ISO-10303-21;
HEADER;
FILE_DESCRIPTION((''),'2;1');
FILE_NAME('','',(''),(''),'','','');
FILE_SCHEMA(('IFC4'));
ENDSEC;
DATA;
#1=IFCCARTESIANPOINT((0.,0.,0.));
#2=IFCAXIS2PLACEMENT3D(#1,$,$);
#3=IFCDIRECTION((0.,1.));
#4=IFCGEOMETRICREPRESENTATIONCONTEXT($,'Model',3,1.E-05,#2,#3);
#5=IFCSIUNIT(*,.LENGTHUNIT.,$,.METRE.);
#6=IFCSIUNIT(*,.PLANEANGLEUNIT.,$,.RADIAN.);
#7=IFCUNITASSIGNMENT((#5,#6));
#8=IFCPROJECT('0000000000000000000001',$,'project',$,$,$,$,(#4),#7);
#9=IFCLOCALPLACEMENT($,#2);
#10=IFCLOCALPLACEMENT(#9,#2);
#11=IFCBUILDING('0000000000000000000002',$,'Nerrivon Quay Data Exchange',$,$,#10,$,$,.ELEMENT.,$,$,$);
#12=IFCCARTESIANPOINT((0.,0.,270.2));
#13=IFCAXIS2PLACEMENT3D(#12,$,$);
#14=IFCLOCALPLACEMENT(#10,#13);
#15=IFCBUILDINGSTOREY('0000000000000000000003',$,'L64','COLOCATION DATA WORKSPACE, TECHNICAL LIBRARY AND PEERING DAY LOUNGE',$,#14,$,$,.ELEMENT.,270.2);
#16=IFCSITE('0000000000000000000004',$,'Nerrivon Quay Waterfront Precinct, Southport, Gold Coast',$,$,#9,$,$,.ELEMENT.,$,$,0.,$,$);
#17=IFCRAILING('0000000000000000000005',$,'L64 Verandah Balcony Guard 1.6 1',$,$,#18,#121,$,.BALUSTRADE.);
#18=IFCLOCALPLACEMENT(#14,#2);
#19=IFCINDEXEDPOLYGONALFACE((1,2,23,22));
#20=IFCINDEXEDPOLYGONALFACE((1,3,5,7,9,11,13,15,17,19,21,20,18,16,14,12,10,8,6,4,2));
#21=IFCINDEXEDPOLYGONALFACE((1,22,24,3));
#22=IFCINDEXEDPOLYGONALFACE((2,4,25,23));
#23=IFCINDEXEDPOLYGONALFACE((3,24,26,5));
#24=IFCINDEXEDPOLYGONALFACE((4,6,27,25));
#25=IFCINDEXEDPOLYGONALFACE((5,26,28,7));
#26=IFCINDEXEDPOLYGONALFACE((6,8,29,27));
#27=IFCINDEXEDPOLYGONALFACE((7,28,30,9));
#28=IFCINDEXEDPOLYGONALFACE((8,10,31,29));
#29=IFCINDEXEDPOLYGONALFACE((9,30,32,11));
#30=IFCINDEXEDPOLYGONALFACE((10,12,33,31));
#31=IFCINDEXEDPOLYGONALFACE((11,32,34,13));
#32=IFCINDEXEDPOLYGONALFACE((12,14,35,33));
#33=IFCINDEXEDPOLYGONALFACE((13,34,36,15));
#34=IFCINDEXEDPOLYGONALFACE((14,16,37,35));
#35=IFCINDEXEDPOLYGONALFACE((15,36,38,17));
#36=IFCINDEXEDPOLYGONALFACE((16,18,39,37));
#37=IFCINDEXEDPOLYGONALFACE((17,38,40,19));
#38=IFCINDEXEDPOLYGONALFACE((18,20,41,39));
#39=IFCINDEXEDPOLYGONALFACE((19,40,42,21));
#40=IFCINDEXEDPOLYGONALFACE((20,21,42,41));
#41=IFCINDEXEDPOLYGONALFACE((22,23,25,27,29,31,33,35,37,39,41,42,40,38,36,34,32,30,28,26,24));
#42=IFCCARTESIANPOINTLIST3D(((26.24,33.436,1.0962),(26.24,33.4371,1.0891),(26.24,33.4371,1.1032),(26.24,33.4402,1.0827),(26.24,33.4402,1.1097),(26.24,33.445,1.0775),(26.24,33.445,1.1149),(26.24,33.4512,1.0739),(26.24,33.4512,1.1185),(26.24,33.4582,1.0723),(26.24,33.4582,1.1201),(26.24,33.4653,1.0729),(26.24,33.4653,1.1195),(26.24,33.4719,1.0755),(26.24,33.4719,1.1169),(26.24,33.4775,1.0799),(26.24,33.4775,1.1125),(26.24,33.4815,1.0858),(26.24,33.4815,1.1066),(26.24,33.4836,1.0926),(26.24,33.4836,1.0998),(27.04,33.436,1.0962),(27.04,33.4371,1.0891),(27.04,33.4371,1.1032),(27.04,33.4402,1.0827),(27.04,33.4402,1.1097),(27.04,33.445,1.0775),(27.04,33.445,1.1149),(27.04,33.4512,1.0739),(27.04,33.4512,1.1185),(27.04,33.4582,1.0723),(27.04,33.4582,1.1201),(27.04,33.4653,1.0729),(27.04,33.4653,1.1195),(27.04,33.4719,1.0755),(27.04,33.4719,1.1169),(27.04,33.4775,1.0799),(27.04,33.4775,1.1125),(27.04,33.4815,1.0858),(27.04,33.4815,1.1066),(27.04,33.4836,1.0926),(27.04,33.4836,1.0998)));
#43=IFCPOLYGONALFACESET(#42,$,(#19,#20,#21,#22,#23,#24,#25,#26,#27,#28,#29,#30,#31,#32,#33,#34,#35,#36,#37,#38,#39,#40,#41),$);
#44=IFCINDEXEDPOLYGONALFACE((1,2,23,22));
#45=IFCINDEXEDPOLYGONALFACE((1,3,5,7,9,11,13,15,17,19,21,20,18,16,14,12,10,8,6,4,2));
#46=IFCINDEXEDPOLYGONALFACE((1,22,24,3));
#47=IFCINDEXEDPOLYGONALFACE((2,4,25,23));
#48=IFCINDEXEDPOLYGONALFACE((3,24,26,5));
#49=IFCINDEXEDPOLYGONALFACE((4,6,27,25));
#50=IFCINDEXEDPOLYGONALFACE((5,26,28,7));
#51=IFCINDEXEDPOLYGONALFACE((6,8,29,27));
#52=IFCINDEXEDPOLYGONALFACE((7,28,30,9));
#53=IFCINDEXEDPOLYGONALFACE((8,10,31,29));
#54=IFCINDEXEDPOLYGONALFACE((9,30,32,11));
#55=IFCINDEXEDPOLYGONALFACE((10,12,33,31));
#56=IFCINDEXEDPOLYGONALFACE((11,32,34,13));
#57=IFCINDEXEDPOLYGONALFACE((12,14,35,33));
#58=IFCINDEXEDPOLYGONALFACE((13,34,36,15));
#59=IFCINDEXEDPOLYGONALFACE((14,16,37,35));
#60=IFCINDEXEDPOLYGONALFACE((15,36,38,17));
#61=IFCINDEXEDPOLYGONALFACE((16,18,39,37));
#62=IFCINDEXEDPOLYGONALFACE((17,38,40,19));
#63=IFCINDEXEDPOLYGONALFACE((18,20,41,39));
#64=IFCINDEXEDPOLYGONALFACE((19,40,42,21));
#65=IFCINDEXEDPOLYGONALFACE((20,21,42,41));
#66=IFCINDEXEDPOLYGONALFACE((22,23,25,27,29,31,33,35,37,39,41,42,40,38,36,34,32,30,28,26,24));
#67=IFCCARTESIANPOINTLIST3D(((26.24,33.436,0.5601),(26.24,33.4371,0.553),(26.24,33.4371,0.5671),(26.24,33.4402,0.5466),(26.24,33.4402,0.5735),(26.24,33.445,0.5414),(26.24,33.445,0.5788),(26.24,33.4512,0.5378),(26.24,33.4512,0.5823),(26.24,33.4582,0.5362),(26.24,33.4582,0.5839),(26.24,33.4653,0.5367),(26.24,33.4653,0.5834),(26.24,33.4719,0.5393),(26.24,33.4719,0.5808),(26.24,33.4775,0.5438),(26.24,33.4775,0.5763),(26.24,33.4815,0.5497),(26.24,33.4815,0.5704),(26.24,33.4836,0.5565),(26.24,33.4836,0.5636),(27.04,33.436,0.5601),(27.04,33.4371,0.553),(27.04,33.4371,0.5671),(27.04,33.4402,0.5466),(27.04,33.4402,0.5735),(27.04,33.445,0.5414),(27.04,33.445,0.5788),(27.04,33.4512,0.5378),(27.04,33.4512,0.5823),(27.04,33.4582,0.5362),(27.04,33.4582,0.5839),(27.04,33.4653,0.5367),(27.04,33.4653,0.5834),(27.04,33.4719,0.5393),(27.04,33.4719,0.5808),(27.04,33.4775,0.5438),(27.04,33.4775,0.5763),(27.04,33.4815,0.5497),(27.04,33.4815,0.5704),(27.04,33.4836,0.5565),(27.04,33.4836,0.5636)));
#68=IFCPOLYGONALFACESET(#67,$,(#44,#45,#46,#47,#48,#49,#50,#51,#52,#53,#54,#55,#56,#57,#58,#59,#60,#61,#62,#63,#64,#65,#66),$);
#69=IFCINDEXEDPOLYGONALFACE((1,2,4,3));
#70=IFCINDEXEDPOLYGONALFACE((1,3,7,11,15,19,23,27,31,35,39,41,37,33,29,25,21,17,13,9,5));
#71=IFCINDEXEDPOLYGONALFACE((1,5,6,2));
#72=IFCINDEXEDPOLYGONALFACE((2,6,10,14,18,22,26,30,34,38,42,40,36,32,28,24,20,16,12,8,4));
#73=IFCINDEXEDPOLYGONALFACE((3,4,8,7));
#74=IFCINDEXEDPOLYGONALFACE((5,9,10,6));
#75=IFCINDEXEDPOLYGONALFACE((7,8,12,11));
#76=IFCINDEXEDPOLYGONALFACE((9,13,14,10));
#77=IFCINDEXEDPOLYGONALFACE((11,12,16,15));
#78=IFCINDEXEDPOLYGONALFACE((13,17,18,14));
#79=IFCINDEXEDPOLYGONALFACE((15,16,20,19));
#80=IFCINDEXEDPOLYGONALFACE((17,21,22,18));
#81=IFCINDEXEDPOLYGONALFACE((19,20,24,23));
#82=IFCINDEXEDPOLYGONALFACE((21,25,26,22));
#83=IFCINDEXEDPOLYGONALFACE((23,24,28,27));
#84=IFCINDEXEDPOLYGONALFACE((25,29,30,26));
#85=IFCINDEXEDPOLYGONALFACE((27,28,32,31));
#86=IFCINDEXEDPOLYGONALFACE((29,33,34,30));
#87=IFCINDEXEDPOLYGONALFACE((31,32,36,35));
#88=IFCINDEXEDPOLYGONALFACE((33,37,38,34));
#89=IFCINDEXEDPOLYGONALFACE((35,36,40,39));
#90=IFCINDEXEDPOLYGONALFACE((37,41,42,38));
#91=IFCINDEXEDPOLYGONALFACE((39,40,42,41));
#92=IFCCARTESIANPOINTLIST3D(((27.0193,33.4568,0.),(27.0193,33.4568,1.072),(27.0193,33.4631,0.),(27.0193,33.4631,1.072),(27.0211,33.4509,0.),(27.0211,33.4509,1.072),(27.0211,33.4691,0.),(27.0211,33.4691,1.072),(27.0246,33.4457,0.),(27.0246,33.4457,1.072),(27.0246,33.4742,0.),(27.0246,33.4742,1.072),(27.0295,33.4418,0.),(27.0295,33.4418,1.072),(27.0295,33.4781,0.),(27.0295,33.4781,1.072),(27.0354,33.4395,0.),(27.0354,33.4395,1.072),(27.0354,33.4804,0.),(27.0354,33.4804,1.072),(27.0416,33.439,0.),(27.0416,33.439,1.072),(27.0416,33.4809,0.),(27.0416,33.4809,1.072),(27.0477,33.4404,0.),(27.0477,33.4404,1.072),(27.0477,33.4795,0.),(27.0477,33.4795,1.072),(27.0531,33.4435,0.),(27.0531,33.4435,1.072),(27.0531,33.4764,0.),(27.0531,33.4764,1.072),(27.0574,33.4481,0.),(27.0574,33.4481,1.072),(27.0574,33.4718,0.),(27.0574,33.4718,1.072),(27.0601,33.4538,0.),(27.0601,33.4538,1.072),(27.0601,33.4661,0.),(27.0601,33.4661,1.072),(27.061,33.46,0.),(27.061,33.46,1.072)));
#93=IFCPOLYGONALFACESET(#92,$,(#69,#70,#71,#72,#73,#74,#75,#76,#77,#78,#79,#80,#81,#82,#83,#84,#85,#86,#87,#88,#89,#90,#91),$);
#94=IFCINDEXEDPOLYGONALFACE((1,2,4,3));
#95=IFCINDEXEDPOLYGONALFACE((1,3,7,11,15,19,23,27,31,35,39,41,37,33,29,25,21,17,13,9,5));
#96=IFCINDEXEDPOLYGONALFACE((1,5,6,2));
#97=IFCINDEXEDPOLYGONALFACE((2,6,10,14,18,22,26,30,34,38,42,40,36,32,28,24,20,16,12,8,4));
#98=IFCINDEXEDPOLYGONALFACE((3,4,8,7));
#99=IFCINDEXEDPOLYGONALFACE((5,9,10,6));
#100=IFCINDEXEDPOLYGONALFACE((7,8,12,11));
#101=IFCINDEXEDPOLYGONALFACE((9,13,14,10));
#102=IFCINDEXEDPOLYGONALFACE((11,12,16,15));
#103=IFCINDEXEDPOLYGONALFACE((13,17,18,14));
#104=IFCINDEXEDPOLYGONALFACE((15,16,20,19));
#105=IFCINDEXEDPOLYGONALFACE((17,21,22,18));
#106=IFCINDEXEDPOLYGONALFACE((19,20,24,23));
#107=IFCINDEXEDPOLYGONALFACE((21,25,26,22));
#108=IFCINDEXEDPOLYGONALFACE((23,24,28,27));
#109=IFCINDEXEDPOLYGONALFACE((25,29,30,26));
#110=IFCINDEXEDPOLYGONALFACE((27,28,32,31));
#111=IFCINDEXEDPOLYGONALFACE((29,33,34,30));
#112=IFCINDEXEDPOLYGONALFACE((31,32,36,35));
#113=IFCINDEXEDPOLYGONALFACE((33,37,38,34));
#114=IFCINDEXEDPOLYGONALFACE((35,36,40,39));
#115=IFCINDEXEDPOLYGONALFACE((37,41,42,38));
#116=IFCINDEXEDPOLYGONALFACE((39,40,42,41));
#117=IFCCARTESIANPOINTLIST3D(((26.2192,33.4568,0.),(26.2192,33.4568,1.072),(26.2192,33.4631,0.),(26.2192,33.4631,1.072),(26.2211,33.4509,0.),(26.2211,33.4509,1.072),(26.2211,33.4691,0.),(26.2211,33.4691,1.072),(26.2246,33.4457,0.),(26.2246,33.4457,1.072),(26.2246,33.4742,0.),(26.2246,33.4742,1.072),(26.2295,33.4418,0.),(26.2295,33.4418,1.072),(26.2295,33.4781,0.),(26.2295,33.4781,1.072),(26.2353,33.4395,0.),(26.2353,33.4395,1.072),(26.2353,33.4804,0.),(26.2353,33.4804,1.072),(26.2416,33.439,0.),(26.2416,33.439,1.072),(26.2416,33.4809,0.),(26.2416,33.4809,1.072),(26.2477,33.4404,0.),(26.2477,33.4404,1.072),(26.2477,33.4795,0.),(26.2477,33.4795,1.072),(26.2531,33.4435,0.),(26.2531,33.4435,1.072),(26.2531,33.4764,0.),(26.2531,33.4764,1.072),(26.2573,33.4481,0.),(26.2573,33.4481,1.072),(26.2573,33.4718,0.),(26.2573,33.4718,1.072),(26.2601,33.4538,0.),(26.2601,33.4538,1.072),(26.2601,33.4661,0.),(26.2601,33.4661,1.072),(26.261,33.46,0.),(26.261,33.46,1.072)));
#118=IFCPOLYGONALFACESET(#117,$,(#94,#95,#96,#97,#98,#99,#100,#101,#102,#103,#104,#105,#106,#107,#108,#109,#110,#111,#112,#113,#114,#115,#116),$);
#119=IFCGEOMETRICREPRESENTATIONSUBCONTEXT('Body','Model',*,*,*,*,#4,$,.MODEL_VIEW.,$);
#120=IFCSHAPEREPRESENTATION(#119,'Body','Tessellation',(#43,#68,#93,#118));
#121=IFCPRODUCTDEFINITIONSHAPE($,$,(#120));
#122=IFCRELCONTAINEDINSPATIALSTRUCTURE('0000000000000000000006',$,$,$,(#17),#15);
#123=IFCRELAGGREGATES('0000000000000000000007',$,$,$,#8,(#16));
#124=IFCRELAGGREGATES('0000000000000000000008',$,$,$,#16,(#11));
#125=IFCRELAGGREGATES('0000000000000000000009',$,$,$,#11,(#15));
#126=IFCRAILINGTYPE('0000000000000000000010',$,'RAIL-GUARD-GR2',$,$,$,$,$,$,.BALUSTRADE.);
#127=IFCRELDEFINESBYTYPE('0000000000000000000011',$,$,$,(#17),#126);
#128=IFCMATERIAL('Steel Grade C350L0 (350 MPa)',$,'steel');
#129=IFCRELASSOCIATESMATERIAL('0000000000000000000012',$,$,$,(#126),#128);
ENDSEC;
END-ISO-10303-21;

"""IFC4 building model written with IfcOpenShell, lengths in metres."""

from ifc_helpers import new_model, si_unit, direction, frame, origin, origin_2d, place, context, subcontext, project, spatial, circle, extrude, material, type_object, element, save


model = new_model("IFC4")

# Units and contexts
model_context = context("Model", 3, precision=1e-05, world=origin(), true_north=direction((0.0, 1.0)))
body_context = subcontext(model_context, "Body", "Model", "MODEL_VIEW")
ifc_project = project(units=[si_unit("LENGTHUNIT", "METRE"), si_unit("PLANEANGLEUNIT", "RADIAN")], contexts=[model_context])

# Site, building, storey
site_placement = place(None, origin())
site = spatial("IfcSite", under=ifc_project, at=site_placement, Name="Nerrivon Quay Waterfront Precinct, Southport, Gold Coast", CompositionType="ELEMENT", RefElevation=0.0)
building_placement = place(site_placement, origin())
building = spatial("IfcBuilding", under=site, at=building_placement, Name="Nerrivon Quay Data Exchange", CompositionType="ELEMENT")
storey_placement = place(building_placement, frame((0.0, 0.0, 270.2)))
storey = spatial("IfcBuildingStorey", under=building, at=storey_placement, Name="L64", Description="COLOCATION DATA WORKSPACE, TECHNICAL LIBRARY AND PEERING DAY LOUNGE", CompositionType="ELEMENT", Elevation=270.2)

# Shared definitions
ifc_material_1 = material(Name="Steel Grade C350L0 (350 MPa)", Category="steel")

# Railing
railing_type = type_object("IfcRailingType", Name="RAIL-GUARD-GR2", PredefinedType="BALUSTRADE", material=ifc_material_1)
railing_1_placement = place(storey_placement, frame((27.04, 33.46, 0.0)))
element("IfcRailing", 1, at=railing_1_placement, inside=storey, type_object=railing_type, Name="L64 Verandah Balcony Guard 1.6 1", PredefinedType="BALUSTRADE", context=body_context, shape_type="SweptSolid", body=[
    extrude(circle(Radius=0.0239, at=origin_2d()), frame((0.0, 0.0, 1.0962), z_axis=(-1.0, 0.0, 0.0), x_axis=(0.0, -1.0, 0.0)), (0.0, 0.0, 1.0), 0.8),
    extrude(circle(Radius=0.0239, at=origin_2d()), frame((0.0, 0.0, 0.5601), z_axis=(-1.0, 0.0, 0.0), x_axis=(0.0, -1.0, 0.0)), (0.0, 0.0, 1.0), 0.8),
    extrude(circle(Radius=0.021, at=origin_2d()), origin(), (0.0, 0.0, 1.0), 1.072),
    extrude(circle(Radius=0.021, at=origin_2d()), frame((-0.8, 0.0, 0.0)), (0.0, 0.0, 1.0), 1.072),
])

save(model, "model.ifc")
